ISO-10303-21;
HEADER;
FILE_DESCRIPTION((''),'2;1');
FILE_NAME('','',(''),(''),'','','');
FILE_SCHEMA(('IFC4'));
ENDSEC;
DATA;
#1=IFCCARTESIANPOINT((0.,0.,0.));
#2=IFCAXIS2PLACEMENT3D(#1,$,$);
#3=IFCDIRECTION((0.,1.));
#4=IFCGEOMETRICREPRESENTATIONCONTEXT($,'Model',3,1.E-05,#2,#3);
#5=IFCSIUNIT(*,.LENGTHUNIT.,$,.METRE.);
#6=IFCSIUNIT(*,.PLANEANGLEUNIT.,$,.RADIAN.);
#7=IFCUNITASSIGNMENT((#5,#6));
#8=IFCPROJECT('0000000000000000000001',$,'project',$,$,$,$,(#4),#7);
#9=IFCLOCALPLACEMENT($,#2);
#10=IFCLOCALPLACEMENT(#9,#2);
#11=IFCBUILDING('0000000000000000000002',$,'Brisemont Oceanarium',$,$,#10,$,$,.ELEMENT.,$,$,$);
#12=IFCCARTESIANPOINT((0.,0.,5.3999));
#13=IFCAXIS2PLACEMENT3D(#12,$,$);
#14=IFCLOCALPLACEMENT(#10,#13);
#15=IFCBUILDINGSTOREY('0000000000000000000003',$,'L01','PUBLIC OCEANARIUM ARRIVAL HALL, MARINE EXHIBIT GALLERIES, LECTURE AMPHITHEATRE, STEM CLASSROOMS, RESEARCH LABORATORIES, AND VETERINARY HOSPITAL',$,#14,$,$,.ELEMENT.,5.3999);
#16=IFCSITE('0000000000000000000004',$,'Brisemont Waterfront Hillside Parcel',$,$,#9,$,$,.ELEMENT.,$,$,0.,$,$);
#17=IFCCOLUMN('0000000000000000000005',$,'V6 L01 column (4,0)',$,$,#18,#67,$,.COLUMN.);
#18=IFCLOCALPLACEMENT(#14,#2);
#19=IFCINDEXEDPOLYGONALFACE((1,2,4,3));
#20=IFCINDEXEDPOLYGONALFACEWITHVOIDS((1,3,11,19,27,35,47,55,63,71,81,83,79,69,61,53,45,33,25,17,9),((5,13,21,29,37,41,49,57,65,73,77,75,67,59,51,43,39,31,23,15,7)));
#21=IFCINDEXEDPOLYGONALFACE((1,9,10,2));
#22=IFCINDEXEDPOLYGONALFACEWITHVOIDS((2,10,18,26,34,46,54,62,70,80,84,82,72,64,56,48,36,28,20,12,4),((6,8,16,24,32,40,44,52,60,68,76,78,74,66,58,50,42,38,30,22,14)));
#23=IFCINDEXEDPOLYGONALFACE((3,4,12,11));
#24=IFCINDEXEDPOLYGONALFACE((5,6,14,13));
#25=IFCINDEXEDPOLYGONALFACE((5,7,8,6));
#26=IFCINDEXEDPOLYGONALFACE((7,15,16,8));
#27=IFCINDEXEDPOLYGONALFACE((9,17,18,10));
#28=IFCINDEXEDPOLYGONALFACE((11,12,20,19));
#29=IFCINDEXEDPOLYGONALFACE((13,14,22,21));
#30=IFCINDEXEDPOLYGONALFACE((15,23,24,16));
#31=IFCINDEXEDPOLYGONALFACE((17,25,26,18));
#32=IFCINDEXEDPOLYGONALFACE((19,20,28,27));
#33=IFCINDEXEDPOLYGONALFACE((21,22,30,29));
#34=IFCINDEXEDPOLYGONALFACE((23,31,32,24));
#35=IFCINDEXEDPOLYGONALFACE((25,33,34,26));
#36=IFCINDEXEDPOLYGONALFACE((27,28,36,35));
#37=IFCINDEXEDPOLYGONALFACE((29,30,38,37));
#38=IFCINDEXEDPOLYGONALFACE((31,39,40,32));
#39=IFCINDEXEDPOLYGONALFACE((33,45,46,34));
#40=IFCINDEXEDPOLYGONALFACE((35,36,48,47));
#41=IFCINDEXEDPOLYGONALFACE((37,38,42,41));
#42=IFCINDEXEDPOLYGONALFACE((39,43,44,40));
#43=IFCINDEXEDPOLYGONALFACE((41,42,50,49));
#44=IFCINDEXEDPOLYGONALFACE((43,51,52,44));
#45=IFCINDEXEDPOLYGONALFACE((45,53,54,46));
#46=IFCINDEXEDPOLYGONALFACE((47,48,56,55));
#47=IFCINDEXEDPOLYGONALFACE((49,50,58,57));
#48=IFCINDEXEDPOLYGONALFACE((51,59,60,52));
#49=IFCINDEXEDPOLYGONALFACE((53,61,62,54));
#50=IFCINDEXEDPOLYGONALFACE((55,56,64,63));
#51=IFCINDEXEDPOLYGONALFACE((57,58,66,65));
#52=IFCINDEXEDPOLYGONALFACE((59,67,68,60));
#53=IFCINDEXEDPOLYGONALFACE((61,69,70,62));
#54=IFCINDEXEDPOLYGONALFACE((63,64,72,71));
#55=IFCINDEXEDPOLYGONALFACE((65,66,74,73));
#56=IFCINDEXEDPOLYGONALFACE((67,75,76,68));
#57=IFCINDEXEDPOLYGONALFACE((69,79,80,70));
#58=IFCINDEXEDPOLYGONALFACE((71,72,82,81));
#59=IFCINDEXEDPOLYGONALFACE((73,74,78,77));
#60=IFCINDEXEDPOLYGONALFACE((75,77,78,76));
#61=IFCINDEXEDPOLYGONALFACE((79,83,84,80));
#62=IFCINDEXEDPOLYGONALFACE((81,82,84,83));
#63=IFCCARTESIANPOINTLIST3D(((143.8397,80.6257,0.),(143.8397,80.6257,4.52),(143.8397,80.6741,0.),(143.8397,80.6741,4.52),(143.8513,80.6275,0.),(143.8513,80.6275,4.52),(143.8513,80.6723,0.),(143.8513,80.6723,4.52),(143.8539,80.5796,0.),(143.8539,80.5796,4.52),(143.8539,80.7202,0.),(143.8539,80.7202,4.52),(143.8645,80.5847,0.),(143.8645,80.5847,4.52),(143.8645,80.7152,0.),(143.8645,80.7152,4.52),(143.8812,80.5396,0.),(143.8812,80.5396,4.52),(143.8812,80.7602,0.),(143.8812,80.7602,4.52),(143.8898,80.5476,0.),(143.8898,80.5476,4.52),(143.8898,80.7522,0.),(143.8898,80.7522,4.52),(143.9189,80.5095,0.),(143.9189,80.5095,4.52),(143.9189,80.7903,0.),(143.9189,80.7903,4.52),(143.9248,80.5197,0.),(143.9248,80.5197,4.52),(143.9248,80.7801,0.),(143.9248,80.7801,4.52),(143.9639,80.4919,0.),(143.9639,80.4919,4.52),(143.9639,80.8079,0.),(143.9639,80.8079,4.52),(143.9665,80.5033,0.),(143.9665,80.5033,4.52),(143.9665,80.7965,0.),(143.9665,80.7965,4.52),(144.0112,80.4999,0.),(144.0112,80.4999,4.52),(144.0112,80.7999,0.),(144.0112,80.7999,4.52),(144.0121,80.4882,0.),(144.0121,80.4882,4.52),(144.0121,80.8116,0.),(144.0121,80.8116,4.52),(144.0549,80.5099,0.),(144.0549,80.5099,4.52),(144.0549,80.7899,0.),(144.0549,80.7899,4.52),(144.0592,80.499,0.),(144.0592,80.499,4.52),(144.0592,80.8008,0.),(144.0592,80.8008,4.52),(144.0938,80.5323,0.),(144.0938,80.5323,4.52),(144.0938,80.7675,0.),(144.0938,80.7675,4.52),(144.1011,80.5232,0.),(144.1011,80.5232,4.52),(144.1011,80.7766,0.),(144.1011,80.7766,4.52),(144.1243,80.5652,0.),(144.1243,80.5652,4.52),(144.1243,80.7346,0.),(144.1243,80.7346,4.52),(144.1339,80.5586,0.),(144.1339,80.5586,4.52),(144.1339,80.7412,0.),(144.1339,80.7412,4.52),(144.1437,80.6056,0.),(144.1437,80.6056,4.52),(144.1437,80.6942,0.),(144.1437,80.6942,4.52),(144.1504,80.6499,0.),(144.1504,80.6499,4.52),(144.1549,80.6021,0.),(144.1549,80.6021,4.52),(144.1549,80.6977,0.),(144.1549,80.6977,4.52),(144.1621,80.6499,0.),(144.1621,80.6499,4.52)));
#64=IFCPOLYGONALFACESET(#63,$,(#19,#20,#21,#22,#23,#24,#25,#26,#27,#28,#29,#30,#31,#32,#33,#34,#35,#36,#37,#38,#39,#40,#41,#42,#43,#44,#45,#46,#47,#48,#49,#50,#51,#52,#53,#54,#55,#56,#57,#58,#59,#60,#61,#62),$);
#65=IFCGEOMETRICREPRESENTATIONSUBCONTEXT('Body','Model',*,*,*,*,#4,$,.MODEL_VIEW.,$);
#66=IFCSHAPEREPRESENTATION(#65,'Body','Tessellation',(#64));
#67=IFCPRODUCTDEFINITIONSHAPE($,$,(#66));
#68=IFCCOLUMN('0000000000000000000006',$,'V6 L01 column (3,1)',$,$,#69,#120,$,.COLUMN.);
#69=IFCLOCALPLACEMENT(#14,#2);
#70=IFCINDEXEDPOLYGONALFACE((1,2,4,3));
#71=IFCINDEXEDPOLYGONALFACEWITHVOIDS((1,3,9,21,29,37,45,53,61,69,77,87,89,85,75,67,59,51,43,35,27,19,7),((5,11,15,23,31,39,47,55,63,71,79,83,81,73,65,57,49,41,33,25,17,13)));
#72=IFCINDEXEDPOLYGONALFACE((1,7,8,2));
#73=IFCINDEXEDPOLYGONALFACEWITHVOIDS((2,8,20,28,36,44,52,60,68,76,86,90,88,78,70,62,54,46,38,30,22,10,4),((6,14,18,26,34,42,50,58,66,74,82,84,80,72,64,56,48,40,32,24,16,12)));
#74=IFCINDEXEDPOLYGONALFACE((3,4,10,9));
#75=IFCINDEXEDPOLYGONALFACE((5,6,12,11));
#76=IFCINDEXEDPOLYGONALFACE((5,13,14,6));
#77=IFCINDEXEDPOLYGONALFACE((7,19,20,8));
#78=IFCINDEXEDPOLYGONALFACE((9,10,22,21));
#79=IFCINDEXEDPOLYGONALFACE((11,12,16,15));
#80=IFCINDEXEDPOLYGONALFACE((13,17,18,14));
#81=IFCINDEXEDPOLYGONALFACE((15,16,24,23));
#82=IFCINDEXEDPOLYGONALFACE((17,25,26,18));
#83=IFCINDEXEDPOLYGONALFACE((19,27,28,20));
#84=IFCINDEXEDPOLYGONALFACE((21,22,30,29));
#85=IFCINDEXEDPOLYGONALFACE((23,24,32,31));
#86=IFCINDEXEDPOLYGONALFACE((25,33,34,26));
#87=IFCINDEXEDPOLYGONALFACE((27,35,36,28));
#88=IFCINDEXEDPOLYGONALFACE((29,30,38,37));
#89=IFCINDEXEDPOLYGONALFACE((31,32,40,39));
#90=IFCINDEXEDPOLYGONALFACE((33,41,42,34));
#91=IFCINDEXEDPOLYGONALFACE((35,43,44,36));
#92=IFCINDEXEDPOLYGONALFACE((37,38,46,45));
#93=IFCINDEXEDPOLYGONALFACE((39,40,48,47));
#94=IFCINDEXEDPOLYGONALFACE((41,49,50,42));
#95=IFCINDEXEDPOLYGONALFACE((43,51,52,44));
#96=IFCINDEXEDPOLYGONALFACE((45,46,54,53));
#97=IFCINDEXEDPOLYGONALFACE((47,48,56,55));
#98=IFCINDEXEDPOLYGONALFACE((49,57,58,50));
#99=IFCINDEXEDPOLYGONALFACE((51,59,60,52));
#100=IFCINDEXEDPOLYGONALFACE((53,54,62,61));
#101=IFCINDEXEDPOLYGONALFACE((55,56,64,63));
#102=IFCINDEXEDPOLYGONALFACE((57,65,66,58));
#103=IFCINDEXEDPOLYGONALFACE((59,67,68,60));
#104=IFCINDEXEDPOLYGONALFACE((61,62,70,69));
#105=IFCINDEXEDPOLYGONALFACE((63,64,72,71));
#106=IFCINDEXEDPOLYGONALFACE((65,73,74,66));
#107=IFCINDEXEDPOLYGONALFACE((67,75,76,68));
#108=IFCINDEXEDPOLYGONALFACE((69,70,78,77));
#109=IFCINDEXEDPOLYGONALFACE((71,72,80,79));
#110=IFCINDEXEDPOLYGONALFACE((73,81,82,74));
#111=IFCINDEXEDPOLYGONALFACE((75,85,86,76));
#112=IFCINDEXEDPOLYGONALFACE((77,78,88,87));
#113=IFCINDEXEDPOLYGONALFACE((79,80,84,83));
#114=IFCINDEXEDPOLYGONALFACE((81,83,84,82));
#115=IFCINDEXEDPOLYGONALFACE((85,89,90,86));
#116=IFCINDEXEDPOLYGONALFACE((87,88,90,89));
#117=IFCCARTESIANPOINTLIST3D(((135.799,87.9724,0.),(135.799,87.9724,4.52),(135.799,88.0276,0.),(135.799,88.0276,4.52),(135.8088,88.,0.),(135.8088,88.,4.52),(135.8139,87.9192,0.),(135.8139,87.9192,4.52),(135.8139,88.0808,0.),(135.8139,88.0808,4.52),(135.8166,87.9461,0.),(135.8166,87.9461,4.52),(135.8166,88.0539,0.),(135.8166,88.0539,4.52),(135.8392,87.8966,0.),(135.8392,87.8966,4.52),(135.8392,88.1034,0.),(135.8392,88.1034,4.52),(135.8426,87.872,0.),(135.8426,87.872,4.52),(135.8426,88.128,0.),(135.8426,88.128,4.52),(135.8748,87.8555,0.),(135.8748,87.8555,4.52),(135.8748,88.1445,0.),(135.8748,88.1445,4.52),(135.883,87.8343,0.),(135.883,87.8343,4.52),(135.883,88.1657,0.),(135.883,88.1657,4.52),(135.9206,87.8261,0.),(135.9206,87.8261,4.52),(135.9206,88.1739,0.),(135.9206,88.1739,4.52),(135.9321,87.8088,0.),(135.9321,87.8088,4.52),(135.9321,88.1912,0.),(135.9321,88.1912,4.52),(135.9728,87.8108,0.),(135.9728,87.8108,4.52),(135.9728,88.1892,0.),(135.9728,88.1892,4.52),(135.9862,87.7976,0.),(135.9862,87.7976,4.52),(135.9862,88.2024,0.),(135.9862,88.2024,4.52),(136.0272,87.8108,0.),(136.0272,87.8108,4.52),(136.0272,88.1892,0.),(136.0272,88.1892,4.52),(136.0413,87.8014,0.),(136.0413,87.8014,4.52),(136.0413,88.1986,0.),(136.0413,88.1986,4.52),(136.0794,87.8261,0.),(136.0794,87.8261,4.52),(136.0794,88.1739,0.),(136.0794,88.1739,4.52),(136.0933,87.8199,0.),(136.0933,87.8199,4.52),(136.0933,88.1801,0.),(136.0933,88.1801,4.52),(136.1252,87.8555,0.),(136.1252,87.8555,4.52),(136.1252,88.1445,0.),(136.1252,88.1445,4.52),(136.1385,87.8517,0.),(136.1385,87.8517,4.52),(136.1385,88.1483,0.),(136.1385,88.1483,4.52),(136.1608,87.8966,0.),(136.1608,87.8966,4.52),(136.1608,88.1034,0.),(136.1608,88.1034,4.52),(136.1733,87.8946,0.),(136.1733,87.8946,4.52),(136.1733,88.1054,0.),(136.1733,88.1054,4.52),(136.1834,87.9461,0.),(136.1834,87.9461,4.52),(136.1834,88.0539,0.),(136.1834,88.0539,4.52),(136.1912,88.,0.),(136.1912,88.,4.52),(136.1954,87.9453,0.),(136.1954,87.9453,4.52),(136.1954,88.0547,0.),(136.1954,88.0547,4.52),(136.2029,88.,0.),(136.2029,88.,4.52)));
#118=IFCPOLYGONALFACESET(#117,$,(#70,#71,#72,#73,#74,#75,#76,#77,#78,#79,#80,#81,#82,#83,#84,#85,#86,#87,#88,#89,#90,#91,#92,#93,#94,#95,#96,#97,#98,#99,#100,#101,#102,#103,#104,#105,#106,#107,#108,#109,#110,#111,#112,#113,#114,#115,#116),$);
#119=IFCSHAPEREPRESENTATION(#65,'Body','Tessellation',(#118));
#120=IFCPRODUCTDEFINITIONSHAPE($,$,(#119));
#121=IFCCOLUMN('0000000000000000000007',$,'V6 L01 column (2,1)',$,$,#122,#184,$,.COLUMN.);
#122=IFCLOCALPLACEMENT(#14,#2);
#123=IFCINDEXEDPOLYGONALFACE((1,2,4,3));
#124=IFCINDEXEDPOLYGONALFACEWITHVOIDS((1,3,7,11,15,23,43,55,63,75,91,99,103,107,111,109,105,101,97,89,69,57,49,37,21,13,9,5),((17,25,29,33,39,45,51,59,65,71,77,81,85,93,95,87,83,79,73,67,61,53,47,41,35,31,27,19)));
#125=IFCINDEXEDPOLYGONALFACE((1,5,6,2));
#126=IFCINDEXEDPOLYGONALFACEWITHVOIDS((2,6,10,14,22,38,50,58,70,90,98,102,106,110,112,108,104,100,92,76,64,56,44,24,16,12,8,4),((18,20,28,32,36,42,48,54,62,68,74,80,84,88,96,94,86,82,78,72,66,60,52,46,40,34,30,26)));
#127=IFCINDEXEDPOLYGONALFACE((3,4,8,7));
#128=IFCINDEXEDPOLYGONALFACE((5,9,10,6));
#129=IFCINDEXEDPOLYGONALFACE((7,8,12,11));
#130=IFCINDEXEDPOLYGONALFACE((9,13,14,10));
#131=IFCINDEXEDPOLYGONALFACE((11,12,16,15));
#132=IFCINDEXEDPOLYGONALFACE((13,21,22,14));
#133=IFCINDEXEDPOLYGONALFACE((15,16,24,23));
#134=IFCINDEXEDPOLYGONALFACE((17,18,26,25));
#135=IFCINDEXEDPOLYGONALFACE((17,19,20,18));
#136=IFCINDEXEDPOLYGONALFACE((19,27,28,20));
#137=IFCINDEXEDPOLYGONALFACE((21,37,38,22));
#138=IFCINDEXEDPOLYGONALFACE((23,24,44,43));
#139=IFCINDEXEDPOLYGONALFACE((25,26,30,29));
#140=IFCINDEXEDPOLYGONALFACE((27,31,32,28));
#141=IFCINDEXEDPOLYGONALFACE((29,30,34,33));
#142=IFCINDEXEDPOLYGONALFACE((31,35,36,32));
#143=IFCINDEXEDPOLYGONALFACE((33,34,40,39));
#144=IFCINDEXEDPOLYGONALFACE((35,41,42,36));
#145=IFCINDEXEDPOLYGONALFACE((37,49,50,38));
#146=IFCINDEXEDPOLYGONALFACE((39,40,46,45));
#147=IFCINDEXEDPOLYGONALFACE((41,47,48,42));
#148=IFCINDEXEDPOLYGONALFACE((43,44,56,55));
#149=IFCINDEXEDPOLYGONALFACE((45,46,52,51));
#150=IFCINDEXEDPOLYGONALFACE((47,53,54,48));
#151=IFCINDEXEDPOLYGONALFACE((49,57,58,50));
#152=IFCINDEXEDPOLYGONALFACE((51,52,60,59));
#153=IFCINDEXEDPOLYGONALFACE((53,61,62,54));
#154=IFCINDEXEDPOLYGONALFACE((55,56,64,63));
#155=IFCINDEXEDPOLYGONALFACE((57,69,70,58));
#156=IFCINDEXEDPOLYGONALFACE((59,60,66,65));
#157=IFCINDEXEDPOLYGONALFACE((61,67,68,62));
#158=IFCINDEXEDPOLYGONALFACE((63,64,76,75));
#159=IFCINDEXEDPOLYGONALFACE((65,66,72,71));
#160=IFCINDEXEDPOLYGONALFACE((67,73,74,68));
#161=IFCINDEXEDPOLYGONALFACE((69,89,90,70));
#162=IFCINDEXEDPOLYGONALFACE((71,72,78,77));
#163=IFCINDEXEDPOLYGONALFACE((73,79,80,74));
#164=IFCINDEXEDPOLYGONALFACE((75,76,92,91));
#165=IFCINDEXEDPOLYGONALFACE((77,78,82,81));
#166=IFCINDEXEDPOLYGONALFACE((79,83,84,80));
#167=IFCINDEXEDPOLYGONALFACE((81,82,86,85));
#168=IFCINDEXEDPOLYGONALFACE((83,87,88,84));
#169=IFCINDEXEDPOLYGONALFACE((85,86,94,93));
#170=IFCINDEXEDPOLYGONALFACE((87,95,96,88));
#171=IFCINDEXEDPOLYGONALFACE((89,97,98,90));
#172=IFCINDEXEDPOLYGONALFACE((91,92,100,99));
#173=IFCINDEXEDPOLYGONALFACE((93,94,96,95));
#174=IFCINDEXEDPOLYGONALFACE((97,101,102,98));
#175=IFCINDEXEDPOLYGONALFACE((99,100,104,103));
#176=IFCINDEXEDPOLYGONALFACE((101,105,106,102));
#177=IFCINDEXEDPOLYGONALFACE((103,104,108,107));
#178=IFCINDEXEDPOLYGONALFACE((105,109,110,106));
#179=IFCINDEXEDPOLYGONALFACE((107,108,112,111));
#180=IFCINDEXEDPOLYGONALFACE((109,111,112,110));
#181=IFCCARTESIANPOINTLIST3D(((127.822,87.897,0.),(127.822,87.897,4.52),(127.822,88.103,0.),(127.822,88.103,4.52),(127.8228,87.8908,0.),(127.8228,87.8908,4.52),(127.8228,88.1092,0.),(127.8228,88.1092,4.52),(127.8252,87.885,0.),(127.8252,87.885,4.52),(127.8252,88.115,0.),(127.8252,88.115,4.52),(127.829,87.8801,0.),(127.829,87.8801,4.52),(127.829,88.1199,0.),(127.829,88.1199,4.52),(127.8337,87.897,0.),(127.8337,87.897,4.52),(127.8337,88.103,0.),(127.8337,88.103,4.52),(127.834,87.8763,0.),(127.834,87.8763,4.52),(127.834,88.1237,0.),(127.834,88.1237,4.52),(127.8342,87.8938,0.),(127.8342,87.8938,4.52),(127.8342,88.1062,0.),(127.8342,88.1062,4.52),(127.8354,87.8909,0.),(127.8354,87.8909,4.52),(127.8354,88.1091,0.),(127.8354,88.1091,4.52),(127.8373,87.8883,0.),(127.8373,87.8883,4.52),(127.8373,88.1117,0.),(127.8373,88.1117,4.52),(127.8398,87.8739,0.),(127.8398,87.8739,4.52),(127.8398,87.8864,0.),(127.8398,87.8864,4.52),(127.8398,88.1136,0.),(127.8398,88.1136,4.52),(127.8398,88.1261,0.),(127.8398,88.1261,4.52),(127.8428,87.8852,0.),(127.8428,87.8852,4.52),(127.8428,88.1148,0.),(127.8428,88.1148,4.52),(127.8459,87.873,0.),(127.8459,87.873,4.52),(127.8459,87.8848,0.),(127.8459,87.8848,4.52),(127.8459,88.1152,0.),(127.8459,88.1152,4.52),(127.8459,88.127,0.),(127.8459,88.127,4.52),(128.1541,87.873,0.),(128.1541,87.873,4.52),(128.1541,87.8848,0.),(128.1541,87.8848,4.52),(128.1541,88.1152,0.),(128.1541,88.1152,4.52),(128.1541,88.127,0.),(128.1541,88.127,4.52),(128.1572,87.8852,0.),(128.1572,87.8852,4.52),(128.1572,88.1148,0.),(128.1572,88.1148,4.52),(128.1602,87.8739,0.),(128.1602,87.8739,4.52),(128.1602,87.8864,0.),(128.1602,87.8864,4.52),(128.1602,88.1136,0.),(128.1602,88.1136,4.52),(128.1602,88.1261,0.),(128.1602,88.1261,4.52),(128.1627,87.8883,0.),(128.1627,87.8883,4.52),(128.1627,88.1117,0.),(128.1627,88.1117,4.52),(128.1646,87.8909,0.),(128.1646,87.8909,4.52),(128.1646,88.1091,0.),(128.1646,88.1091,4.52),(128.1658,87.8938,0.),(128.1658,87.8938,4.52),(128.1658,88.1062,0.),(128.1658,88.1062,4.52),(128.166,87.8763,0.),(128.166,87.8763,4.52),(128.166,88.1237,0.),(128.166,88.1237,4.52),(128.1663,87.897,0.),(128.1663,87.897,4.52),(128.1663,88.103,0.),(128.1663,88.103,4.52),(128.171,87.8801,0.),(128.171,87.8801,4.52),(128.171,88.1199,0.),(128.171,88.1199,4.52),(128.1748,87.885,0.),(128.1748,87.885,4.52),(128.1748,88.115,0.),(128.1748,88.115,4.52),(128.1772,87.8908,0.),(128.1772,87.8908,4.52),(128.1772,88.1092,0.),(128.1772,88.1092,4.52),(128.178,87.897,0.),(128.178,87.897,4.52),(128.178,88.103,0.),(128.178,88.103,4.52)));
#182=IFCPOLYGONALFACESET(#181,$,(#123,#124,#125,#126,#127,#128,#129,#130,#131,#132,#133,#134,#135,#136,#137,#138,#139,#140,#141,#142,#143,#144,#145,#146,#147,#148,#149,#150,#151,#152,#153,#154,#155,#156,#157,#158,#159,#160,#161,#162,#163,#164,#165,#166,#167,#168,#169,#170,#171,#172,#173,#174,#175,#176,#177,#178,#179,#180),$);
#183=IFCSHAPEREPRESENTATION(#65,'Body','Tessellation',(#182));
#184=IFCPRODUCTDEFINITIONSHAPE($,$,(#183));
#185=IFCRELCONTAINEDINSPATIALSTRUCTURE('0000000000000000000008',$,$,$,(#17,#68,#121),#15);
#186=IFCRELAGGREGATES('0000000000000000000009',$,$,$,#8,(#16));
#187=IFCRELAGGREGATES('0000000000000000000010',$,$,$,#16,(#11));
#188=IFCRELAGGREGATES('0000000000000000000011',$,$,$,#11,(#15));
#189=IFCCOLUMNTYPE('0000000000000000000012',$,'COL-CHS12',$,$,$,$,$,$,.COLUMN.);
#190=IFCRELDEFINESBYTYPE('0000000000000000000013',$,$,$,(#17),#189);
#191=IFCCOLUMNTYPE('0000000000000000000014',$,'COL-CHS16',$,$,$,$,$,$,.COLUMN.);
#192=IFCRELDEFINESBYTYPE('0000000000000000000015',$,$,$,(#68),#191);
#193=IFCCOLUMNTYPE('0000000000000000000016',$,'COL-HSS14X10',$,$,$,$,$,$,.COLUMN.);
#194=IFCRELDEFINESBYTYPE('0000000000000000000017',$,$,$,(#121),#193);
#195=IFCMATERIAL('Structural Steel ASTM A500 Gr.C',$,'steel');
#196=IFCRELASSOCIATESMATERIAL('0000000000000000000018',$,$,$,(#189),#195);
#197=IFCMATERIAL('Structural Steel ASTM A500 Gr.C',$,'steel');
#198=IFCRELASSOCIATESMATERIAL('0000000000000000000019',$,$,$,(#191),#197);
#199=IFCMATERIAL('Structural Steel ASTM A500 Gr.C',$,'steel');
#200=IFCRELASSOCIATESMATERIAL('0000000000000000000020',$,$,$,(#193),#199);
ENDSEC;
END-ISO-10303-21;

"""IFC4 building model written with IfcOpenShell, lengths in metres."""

from ifc_helpers import new_model, si_unit, direction, frame, origin, origin_2d, place, context, subcontext, project, spatial, hollow_rectangle, hollow_circle, extrude, material, material_profile, profile_set, type_object, element, save


model = new_model("IFC4")

# Units and contexts
model_context = context("Model", 3, precision=1e-05, world=origin(), true_north=direction((0.0, 1.0)))
body_context = subcontext(model_context, "Body", "Model", "MODEL_VIEW")
ifc_project = project(units=[si_unit("LENGTHUNIT", "METRE"), si_unit("PLANEANGLEUNIT", "RADIAN")], contexts=[model_context])

# Site, building, storey
site_placement = place(None, origin())
site = spatial("IfcSite", under=ifc_project, at=site_placement, Name="Brisemont Waterfront Hillside Parcel", CompositionType="ELEMENT", RefElevation=0.0)
building_placement = place(site_placement, origin())
building = spatial("IfcBuilding", under=site, at=building_placement, Name="Brisemont Oceanarium", CompositionType="ELEMENT")
storey_placement = place(building_placement, frame((0.0, 0.0, 5.3999)))
storey = spatial("IfcBuildingStorey", under=building, at=storey_placement, Name="L01", Description="PUBLIC OCEANARIUM ARRIVAL HALL, MARINE EXHIBIT GALLERIES, LECTURE AMPHITHEATRE, STEM CLASSROOMS, RESEARCH LABORATORIES, AND VETERINARY HOSPITAL", CompositionType="ELEMENT", Elevation=5.3999)

# Columns
ifc_material_1 = material(Name="Structural Steel ASTM A500 Gr.C", Category="steel")
ifc_material_profile_1 = material_profile(ifc_material_1, hollow_circle(Radius=0.1621, WallThickness=0.0117, at=origin_2d()), Name="HSS12.750X0.500")
ifc_profile_set_1 = profile_set([ifc_material_profile_1], Name="Structural Steel ASTM A500 Gr.C")
column_type_1 = type_object("IfcColumnType", Name="COL-CHS12", PredefinedType="COLUMN", material=ifc_profile_set_1)
column_1_placement = place(storey_placement, frame((144.0, 80.6499, 0.0), z_axis=(0.0, 0.0, 1.0), x_axis=(1.0, 0.0, 0.0)))
element("IfcColumn", 1, at=column_1_placement, inside=storey, type_object=column_type_1, Name="V6 L01 column (4,0)", PredefinedType="COLUMN", context=body_context, shape_type="SweptSolid", body=[
    extrude(hollow_circle(Radius=0.1621, WallThickness=0.0117, at=origin_2d()), origin(), (0.0, 0.0, 1.0), 4.52),
])
ifc_material_2 = material(Name="Structural Steel ASTM A500 Gr.C", Category="steel")
ifc_material_profile_2 = material_profile(ifc_material_2, hollow_circle(Radius=0.2029, WallThickness=0.0117, at=origin_2d()), Name="HSS16.000X0.500")
ifc_profile_set_2 = profile_set([ifc_material_profile_2], Name="Structural Steel ASTM A500 Gr.C")
column_type_2 = type_object("IfcColumnType", Name="COL-CHS16", PredefinedType="COLUMN", material=ifc_profile_set_2)
column_2_placement = place(storey_placement, frame((136.0, 88.0, 0.0), z_axis=(0.0, 0.0, 1.0), x_axis=(1.0, 0.0, 0.0)))
element("IfcColumn", 2, at=column_2_placement, inside=storey, type_object=column_type_2, Name="V6 L01 column (3,1)", PredefinedType="COLUMN", context=body_context, shape_type="SweptSolid", body=[
    extrude(hollow_circle(Radius=0.2029, WallThickness=0.0117, at=origin_2d()), origin(), (0.0, 0.0, 1.0), 4.52),
])
ifc_material_3 = material(Name="Structural Steel ASTM A500 Gr.C", Category="steel")
ifc_material_profile_3 = material_profile(ifc_material_3, hollow_rectangle(XDim=0.2539, YDim=0.356, WallThickness=0.0117, InnerFilletRadius=0.0122, OuterFilletRadius=0.0239, at=origin_2d()), Name="HSS14X10X1/2")
ifc_profile_set_3 = profile_set([ifc_material_profile_3], Name="Structural Steel ASTM A500 Gr.C")
column_type_3 = type_object("IfcColumnType", Name="COL-HSS14X10", PredefinedType="COLUMN", material=ifc_profile_set_3)
column_3_placement = place(storey_placement, frame((128.0, 88.0, 0.0), z_axis=(0.0, 0.0, 1.0), x_axis=(0.0, 1.0, 0.0)))
element("IfcColumn", 3, at=column_3_placement, inside=storey, type_object=column_type_3, Name="V6 L01 column (2,1)", PredefinedType="COLUMN", context=body_context, shape_type="SweptSolid", body=[
    extrude(hollow_rectangle(XDim=0.2539, YDim=0.356, WallThickness=0.0117, InnerFilletRadius=0.0122, OuterFilletRadius=0.0239, at=origin_2d()), origin(), (0.0, 0.0, 1.0), 4.52),
])

save(model, "model.ifc")
